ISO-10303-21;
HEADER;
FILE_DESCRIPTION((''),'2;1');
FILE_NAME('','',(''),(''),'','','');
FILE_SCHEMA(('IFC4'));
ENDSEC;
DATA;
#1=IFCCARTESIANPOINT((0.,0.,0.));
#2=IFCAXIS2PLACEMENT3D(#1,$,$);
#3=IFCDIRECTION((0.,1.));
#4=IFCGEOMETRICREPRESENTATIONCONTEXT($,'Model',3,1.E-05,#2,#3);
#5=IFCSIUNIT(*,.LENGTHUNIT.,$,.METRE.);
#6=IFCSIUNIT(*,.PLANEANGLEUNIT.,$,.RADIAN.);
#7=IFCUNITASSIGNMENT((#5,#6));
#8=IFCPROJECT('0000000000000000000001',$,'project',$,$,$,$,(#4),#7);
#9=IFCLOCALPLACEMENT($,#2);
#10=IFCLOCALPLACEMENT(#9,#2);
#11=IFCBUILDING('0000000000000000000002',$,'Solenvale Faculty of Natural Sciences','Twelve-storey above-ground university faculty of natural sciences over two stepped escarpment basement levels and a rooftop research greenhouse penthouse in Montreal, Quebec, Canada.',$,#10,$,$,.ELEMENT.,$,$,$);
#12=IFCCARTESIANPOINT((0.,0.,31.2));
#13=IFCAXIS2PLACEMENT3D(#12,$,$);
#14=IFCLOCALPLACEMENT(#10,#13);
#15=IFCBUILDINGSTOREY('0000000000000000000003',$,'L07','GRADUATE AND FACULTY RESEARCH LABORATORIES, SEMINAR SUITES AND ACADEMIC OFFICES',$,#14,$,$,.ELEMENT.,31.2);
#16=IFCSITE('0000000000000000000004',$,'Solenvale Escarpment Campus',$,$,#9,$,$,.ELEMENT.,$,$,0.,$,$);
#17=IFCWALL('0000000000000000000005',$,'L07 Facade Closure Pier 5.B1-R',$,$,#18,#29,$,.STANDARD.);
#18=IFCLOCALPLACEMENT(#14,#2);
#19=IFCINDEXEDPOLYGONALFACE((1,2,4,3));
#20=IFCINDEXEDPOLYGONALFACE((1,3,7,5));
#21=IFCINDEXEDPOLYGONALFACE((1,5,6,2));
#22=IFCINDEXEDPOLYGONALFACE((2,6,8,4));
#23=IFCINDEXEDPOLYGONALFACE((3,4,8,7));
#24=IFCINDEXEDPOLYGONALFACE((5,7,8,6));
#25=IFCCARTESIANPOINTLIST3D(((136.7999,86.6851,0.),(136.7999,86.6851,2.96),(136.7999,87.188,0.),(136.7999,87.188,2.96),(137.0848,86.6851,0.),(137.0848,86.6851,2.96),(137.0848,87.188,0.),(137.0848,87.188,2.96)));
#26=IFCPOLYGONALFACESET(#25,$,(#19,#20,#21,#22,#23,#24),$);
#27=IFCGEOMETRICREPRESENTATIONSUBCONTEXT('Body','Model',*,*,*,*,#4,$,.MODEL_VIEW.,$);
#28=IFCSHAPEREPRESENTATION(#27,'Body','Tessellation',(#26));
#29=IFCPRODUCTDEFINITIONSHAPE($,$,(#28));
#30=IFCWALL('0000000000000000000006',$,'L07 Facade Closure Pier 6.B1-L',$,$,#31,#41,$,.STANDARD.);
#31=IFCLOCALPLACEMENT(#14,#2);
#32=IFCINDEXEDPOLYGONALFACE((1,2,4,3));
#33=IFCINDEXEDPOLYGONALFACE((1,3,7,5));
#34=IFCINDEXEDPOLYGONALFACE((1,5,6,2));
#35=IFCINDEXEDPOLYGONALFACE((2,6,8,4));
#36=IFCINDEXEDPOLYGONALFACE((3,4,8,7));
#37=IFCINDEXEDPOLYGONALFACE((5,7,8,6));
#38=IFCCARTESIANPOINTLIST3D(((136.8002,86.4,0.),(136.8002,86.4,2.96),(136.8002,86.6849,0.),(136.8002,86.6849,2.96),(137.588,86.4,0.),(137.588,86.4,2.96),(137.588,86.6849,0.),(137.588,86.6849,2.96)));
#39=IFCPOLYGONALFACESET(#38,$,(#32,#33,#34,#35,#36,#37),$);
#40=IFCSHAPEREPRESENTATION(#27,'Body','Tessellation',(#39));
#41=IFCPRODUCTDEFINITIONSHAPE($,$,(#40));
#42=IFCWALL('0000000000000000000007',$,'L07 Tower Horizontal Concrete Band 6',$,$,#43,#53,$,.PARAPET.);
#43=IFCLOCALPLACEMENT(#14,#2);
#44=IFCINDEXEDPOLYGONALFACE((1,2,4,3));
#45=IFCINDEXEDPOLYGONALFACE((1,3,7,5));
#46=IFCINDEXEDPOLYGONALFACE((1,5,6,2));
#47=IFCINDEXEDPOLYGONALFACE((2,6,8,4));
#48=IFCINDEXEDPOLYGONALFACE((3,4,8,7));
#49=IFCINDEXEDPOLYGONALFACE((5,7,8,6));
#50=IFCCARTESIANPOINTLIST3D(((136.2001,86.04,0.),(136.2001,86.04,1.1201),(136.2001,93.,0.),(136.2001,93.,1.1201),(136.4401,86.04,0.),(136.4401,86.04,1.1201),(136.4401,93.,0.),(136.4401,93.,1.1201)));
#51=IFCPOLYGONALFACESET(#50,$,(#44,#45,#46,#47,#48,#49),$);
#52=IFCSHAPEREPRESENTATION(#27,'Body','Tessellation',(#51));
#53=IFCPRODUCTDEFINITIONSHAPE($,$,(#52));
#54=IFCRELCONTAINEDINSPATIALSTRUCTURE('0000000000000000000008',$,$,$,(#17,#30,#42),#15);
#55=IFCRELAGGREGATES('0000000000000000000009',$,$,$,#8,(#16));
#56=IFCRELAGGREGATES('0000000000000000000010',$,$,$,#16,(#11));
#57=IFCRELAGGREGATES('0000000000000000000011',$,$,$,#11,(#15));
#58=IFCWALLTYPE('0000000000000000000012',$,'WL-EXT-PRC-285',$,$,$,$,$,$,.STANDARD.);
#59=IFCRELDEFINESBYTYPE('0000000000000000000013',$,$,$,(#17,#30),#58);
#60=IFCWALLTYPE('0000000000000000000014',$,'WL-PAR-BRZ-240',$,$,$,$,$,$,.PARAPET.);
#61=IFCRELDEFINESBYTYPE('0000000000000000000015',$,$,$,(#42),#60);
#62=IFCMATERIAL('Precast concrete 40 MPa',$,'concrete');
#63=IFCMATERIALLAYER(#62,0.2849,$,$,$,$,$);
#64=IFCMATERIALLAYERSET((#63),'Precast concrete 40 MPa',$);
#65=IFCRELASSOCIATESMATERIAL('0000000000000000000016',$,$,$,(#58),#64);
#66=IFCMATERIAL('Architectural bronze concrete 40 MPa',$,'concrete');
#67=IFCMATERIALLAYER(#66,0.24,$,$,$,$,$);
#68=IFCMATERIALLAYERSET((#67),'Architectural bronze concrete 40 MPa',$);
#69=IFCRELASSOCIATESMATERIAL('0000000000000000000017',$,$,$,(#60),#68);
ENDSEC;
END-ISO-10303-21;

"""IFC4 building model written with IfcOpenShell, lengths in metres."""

from ifc_helpers import new_model, si_unit, direction, frame, frame_2d, origin, place, context, subcontext, project, spatial, rectangle, extrude, material, layer, layer_set, type_object, element, save


model = new_model("IFC4")

# Units and contexts
model_context = context("Model", 3, precision=1e-05, world=origin(), true_north=direction((0.0, 1.0)))
body_context = subcontext(model_context, "Body", "Model", "MODEL_VIEW")
ifc_project = project(units=[si_unit("LENGTHUNIT", "METRE"), si_unit("PLANEANGLEUNIT", "RADIAN")], contexts=[model_context])

# Site, building, storey
site_placement = place(None, origin())
site = spatial("IfcSite", under=ifc_project, at=site_placement, Name="Solenvale Escarpment Campus", CompositionType="ELEMENT", RefElevation=0.0)
building_placement = place(site_placement, origin())
building = spatial("IfcBuilding", under=site, at=building_placement, Name="Solenvale Faculty of Natural Sciences", Description="Twelve-storey above-ground university faculty of natural sciences over two stepped escarpment basement levels and a rooftop research greenhouse penthouse in Montreal, Quebec, Canada.", CompositionType="ELEMENT")
storey_placement = place(building_placement, frame((0.0, 0.0, 31.2)))
storey = spatial("IfcBuildingStorey", under=building, at=storey_placement, Name="L07", Description="GRADUATE AND FACULTY RESEARCH LABORATORIES, SEMINAR SUITES AND ACADEMIC OFFICES", CompositionType="ELEMENT", Elevation=31.2)

# Walls
ifc_material_1 = material(Name="Precast concrete 40 MPa", Category="concrete")
ifc_layer_1 = layer(ifc_material_1, 0.2849)
ifc_layer_set_1 = layer_set([ifc_layer_1], Name="Precast concrete 40 MPa")
wall_type_1 = type_object("IfcWallType", Name="WL-EXT-PRC-285", PredefinedType="STANDARD", material=ifc_layer_set_1)
wall_1_placement = place(storey_placement, frame((136.9424, 87.188, 0.0), z_axis=(0.0, 0.0, 1.0), x_axis=(0.0, -1.0, 0.0)))
element("IfcWall", 1, at=wall_1_placement, inside=storey, type_object=wall_type_1, Name="L07 Facade Closure Pier 5.B1-R", PredefinedType="STANDARD", context=body_context, shape_type="SweptSolid", body=[
    extrude(rectangle(XDim=0.5029, YDim=0.2849, at=frame_2d((0.2515, 0.0))), origin(), (0.0, 0.0, 1.0), 2.96),
])
wall_2_placement = place(storey_placement, frame((136.8, 86.5425, 0.0), z_axis=(0.0, 0.0, 1.0), x_axis=(1.0, 0.0, 0.0)))
element("IfcWall", 2, at=wall_2_placement, inside=storey, type_object=wall_type_1, Name="L07 Facade Closure Pier 6.B1-L", PredefinedType="STANDARD", context=body_context, shape_type="SweptSolid", body=[
    extrude(rectangle(XDim=0.7878, YDim=0.2849, at=frame_2d((0.394, 0.0))), origin(), (0.0, 0.0, 1.0), 2.96),
])
ifc_material_2 = material(Name="Architectural bronze concrete 40 MPa", Category="concrete")
ifc_layer_2 = layer(ifc_material_2, 0.24)
ifc_layer_set_2 = layer_set([ifc_layer_2], Name="Architectural bronze concrete 40 MPa")
wall_type_2 = type_object("IfcWallType", Name="WL-PAR-BRZ-240", PredefinedType="PARAPET", material=ifc_layer_set_2)
wall_3_placement = place(storey_placement, frame((136.3201, 86.04, 0.0), z_axis=(0.0, 0.0, 1.0), x_axis=(0.0, 1.0, 0.0)))
element("IfcWall", 3, at=wall_3_placement, inside=storey, type_object=wall_type_2, Name="L07 Tower Horizontal Concrete Band 6", PredefinedType="PARAPET", context=body_context, shape_type="SweptSolid", body=[
    extrude(rectangle(XDim=6.96, YDim=0.24, at=frame_2d((3.48, 0.0))), origin(), (0.0, 0.0, 1.0), 1.1201),
])

save(model, "model.ifc")
